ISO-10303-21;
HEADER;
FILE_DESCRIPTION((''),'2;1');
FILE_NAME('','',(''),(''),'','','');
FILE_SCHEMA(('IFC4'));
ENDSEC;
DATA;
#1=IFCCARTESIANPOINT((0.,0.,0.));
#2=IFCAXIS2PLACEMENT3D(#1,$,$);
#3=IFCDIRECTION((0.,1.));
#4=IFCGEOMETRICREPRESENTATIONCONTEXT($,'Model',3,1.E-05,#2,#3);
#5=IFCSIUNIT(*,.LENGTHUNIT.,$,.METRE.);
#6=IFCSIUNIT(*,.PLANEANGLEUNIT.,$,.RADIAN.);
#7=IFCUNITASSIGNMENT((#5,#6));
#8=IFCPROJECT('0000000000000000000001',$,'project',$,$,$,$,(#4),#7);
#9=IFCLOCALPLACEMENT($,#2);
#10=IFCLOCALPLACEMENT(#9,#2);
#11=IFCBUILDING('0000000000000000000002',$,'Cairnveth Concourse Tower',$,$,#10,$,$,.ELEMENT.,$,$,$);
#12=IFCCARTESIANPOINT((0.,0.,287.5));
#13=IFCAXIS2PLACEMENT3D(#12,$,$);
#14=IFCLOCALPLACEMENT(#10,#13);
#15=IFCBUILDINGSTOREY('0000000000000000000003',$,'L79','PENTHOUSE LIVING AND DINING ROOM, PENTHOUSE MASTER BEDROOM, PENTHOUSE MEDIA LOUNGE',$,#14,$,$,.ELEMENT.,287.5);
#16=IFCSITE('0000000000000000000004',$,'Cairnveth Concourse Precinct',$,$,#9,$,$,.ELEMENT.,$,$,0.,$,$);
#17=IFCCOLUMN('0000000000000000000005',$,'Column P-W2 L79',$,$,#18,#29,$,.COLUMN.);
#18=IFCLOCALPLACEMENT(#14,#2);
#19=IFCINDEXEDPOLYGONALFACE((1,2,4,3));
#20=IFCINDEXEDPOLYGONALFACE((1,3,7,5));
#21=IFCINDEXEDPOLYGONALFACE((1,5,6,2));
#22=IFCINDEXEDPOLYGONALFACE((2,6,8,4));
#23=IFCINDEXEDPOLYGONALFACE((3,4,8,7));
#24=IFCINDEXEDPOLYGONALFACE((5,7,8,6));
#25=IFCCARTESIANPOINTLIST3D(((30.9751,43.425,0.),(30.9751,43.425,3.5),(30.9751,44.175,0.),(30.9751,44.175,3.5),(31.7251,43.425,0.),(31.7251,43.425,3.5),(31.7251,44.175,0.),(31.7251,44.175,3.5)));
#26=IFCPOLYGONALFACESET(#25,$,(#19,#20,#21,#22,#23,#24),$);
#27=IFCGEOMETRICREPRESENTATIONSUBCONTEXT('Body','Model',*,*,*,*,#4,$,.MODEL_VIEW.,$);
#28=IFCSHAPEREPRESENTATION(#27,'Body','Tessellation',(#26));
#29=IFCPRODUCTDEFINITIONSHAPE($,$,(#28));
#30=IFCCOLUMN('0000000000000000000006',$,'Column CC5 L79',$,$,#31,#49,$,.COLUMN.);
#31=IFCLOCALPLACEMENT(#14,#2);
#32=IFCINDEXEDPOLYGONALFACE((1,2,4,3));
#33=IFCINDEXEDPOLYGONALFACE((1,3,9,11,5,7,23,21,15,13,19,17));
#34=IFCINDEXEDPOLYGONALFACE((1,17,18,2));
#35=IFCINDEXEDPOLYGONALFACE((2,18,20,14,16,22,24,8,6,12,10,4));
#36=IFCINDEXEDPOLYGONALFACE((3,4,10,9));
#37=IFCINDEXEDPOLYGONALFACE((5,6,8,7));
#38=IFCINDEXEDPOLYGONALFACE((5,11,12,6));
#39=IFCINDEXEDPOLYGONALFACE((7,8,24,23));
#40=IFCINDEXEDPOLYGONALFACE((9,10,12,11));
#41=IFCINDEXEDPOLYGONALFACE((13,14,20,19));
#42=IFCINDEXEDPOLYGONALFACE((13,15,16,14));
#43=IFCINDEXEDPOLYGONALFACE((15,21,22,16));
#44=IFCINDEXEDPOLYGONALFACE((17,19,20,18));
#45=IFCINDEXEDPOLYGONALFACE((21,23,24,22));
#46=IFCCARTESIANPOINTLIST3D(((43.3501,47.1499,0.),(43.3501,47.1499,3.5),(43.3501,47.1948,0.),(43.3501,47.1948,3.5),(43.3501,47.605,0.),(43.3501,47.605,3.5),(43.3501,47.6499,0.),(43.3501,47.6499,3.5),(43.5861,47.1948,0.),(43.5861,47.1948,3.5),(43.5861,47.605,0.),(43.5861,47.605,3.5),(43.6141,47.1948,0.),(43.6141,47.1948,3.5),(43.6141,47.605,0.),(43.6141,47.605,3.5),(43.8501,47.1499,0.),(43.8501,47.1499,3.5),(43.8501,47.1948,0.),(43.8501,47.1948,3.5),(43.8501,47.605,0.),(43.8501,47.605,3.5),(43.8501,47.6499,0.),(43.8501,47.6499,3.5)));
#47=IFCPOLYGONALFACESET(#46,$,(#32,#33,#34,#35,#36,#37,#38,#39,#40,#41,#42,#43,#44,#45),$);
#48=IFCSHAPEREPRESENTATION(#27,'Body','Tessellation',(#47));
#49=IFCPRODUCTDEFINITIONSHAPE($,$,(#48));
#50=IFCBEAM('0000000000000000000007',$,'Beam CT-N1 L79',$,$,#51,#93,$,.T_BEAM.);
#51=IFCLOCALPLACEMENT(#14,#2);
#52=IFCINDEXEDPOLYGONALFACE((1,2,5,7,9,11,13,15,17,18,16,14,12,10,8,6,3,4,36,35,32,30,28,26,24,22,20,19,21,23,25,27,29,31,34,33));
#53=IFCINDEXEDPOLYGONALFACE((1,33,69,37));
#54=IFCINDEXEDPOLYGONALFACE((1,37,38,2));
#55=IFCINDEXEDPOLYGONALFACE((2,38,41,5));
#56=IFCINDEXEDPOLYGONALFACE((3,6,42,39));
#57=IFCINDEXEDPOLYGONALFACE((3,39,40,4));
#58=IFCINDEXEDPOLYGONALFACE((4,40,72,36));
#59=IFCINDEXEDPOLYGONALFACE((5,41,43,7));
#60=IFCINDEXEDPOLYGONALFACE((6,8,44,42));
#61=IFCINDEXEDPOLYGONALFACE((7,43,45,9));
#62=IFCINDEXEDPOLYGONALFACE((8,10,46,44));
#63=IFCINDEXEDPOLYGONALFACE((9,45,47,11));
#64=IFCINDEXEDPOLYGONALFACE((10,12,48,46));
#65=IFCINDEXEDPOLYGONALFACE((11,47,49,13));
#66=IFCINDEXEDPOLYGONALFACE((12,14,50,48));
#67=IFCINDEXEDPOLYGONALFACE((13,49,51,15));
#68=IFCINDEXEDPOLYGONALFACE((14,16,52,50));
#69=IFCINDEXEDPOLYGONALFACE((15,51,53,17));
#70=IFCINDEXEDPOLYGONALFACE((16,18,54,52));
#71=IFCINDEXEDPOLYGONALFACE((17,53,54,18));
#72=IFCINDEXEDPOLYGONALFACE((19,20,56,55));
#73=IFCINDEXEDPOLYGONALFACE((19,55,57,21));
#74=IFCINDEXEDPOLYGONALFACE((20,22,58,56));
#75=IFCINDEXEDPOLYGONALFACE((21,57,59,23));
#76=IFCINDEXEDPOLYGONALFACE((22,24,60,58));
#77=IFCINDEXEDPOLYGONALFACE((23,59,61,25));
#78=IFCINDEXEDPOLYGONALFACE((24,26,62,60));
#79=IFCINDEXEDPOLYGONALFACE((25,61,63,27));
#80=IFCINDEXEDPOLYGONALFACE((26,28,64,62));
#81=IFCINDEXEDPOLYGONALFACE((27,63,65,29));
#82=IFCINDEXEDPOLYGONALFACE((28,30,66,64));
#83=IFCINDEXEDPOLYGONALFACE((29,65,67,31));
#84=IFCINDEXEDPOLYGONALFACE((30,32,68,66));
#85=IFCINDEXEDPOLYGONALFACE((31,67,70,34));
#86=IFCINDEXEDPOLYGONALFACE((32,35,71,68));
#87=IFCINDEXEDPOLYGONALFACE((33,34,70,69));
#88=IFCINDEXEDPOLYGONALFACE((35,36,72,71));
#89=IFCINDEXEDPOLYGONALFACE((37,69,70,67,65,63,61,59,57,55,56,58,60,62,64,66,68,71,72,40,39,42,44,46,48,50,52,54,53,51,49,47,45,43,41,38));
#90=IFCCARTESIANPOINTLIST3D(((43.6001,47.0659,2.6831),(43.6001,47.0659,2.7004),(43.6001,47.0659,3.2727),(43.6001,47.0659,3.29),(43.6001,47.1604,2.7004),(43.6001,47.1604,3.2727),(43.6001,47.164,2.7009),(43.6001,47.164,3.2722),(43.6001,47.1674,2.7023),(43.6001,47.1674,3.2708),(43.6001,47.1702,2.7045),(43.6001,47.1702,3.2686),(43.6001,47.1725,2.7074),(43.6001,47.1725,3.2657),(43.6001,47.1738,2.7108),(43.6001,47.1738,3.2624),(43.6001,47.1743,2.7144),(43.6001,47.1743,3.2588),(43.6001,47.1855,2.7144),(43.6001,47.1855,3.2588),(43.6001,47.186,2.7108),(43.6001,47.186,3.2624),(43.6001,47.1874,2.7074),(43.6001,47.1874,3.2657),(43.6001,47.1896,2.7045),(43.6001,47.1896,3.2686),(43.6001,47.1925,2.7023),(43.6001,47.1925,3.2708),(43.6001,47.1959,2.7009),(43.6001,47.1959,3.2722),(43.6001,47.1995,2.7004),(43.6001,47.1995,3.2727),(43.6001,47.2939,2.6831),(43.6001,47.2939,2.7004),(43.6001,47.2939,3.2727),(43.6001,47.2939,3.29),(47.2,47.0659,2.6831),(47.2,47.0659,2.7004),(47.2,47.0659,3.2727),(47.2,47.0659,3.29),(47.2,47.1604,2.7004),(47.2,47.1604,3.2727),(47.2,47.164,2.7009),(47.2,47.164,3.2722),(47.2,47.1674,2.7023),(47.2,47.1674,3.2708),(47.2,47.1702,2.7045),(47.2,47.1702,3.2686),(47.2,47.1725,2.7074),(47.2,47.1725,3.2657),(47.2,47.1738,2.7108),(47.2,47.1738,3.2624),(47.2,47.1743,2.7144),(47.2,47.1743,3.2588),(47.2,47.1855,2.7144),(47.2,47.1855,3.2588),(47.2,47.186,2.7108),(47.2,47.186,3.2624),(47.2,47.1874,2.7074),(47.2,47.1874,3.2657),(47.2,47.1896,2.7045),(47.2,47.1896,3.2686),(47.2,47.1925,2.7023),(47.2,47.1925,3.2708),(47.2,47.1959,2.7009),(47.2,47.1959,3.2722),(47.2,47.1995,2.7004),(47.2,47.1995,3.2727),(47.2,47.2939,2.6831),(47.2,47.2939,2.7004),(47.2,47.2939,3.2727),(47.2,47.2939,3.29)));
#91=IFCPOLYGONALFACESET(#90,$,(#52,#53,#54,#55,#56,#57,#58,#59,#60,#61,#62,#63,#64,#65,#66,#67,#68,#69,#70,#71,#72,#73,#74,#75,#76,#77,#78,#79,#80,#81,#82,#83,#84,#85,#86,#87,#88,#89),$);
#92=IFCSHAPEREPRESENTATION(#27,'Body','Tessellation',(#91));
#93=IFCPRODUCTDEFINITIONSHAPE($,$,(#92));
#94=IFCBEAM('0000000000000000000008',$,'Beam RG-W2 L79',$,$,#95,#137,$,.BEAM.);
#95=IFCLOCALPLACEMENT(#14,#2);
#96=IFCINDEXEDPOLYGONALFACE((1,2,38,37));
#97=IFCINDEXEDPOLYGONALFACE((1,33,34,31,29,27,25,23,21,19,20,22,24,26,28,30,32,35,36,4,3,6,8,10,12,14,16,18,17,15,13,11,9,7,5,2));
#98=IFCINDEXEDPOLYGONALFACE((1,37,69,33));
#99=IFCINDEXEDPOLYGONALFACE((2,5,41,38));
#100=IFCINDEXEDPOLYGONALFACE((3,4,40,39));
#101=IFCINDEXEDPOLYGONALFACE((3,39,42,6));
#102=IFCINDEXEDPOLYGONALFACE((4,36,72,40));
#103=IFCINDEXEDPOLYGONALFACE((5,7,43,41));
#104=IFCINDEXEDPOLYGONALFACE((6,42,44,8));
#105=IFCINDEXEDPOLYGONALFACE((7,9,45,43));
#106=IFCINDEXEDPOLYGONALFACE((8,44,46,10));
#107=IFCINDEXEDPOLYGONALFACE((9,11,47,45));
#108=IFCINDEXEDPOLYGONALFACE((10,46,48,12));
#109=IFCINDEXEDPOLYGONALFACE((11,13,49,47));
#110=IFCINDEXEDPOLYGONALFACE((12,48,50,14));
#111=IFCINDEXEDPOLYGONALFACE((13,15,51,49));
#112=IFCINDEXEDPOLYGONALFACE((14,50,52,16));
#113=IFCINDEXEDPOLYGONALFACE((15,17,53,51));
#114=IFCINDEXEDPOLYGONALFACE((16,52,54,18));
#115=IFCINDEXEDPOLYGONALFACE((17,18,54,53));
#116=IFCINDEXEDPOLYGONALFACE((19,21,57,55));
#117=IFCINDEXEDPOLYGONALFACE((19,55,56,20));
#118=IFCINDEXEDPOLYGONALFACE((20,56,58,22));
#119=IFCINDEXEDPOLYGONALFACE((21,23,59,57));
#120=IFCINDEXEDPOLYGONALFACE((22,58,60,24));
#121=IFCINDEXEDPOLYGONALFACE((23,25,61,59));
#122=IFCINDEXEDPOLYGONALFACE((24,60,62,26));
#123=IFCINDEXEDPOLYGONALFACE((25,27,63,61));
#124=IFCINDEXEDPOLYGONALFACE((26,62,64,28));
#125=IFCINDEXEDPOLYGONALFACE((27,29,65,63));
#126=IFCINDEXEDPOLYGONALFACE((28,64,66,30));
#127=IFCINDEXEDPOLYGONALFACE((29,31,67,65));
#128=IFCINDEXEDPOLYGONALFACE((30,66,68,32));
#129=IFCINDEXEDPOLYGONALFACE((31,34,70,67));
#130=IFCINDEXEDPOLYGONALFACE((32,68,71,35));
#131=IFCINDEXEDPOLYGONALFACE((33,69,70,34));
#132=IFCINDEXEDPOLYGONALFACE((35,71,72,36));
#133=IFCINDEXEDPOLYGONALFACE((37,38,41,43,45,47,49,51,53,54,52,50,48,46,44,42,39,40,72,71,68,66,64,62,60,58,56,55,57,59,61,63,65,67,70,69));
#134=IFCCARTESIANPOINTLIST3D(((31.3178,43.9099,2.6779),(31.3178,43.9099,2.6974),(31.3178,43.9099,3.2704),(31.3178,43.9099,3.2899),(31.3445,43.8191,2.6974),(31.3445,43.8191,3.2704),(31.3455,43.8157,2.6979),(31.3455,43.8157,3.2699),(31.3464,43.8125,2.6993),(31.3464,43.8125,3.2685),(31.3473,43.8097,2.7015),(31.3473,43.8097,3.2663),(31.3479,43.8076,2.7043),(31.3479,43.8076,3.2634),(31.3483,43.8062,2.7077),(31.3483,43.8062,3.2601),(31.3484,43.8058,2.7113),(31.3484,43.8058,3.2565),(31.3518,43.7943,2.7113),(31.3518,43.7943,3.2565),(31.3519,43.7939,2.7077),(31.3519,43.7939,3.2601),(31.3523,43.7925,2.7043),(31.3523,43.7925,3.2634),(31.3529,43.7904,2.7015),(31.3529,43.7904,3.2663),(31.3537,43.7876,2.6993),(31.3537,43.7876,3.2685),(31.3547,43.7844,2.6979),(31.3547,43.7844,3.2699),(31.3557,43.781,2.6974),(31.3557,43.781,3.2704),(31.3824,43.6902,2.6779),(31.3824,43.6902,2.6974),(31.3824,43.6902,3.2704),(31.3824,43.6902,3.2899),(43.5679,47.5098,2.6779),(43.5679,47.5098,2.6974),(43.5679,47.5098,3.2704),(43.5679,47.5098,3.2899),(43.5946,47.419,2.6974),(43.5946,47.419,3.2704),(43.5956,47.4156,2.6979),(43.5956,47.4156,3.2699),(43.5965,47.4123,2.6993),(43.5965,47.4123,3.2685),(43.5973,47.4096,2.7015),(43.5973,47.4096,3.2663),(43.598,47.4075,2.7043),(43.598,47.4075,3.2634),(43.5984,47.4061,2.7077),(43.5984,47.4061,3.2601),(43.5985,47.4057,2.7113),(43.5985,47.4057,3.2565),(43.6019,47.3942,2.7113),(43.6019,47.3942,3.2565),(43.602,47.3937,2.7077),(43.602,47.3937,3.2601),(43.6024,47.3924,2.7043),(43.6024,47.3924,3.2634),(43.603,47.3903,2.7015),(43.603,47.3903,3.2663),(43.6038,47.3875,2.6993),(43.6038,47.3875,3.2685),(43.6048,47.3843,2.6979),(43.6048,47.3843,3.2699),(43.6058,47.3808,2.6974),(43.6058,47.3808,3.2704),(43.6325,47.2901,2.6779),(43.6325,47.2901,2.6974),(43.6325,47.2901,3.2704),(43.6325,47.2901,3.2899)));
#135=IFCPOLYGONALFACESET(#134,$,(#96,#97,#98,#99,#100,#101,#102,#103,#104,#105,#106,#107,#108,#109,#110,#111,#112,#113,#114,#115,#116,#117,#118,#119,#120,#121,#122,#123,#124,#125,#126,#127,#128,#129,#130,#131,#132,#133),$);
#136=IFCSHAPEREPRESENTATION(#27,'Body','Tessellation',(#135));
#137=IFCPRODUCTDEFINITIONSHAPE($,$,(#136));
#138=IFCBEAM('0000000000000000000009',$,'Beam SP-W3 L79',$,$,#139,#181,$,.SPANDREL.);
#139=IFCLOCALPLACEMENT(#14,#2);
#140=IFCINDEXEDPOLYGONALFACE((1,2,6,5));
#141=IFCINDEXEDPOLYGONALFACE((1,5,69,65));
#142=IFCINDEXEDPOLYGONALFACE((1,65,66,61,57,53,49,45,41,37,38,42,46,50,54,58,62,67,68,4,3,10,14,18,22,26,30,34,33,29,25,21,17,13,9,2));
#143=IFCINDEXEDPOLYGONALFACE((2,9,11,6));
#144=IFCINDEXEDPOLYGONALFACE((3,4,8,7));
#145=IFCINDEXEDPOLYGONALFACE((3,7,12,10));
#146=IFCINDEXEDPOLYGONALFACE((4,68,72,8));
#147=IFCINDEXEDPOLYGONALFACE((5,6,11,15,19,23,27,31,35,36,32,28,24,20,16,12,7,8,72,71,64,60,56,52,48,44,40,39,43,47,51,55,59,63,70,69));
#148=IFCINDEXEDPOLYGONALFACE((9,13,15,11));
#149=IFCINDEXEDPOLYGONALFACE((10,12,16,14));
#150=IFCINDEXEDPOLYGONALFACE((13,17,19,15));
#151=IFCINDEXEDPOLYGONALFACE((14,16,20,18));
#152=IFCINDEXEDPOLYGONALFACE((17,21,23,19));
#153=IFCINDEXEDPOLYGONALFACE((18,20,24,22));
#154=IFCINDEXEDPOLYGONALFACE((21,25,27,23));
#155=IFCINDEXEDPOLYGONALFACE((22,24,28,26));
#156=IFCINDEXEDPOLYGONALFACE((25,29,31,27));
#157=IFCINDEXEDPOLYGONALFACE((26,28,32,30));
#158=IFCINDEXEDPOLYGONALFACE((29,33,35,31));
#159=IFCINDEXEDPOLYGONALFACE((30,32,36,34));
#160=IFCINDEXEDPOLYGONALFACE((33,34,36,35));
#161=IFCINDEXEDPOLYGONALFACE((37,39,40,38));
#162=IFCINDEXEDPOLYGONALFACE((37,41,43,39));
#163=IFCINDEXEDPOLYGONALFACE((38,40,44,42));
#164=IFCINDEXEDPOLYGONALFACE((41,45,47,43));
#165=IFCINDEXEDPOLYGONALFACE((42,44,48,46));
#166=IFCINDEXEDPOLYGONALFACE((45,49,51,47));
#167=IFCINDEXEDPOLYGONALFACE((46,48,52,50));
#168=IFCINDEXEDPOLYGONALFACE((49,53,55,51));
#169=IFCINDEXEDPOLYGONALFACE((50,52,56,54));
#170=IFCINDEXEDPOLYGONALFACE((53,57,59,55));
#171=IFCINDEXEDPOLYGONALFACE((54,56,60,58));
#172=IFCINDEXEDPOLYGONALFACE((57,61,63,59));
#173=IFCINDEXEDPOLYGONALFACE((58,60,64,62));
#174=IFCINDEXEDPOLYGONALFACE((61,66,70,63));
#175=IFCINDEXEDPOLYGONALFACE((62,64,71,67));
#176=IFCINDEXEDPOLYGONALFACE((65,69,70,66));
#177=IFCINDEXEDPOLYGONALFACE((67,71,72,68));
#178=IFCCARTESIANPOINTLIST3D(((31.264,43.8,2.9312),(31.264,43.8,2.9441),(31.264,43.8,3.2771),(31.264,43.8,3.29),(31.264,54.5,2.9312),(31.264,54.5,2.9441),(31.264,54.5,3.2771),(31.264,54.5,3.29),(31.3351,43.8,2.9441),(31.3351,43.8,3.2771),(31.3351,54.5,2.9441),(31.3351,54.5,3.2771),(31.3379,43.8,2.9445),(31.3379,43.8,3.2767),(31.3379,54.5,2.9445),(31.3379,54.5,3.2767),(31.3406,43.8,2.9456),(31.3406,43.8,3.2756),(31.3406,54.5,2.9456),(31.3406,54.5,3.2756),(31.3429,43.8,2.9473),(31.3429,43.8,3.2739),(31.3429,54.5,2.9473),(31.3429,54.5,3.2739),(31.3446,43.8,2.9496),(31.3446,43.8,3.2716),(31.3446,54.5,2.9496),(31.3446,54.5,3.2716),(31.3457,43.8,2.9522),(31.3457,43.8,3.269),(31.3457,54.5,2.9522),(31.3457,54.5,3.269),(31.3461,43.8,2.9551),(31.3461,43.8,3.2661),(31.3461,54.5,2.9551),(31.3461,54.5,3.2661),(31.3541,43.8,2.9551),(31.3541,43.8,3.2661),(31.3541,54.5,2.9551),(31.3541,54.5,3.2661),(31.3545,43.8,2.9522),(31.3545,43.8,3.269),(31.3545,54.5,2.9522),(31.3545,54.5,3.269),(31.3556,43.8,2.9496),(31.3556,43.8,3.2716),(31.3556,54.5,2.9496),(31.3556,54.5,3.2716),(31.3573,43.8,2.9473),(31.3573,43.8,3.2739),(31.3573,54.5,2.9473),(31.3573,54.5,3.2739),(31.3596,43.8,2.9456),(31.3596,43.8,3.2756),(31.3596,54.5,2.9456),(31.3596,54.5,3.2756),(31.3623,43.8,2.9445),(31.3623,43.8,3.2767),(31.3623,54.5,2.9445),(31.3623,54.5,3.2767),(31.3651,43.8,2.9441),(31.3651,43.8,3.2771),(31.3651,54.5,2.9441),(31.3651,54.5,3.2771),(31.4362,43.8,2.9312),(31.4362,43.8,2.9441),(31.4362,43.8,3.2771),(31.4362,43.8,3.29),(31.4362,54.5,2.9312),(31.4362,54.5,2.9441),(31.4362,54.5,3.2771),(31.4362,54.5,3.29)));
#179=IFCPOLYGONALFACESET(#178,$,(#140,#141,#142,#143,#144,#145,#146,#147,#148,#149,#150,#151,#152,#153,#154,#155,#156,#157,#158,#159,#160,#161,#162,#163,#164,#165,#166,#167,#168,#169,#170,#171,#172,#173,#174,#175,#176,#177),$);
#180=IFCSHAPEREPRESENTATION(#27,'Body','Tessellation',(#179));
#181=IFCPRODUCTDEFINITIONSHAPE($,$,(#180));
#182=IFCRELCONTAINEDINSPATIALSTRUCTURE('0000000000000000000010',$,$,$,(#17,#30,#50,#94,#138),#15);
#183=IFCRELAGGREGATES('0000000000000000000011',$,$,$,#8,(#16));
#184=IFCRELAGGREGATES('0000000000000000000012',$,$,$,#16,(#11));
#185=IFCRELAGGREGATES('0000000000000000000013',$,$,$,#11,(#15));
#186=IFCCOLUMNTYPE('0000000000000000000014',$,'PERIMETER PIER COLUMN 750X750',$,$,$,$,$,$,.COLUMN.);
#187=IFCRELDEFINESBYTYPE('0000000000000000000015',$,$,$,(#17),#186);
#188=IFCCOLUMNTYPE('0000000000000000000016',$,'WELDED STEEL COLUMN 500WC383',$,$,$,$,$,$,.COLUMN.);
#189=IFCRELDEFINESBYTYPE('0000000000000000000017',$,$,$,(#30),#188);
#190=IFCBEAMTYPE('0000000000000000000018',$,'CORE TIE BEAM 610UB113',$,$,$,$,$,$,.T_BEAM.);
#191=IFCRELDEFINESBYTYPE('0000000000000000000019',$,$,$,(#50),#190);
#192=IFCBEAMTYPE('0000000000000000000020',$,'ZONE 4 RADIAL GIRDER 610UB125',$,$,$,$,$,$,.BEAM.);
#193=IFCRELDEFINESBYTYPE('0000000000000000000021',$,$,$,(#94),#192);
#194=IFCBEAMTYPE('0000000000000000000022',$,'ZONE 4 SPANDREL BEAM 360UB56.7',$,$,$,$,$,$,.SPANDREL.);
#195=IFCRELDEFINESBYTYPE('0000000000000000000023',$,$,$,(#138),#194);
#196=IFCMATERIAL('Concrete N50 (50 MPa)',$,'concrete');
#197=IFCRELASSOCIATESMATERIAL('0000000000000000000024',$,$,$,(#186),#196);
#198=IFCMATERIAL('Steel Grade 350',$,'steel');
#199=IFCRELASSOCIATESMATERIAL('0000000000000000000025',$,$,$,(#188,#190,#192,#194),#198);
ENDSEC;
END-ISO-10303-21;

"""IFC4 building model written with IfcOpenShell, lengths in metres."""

from ifc_helpers import new_model, si_unit, direction, frame, origin, origin_2d, place, context, subcontext, project, spatial, rectangle, i_section, extrude, material, material_profile, profile_set, type_object, element, save


model = new_model("IFC4")

# Units and contexts
model_context = context("Model", 3, precision=1e-05, world=origin(), true_north=direction((0.0, 1.0)))
body_context = subcontext(model_context, "Body", "Model", "MODEL_VIEW")
ifc_project = project(units=[si_unit("LENGTHUNIT", "METRE"), si_unit("PLANEANGLEUNIT", "RADIAN")], contexts=[model_context])

# Site, building, storey
site_placement = place(None, origin())
site = spatial("IfcSite", under=ifc_project, at=site_placement, Name="Cairnveth Concourse Precinct", CompositionType="ELEMENT", RefElevation=0.0)
building_placement = place(site_placement, origin())
building = spatial("IfcBuilding", under=site, at=building_placement, Name="Cairnveth Concourse Tower", CompositionType="ELEMENT")
storey_placement = place(building_placement, frame((0.0, 0.0, 287.5)))
storey = spatial("IfcBuildingStorey", under=building, at=storey_placement, Name="L79", Description="PENTHOUSE LIVING AND DINING ROOM, PENTHOUSE MASTER BEDROOM, PENTHOUSE MEDIA LOUNGE", CompositionType="ELEMENT", Elevation=287.5)

# Columns
ifc_material_1 = material(Name="Concrete N50 (50 MPa)", Category="concrete")
ifc_material_profile_1 = material_profile(ifc_material_1, rectangle(XDim=0.75, YDim=0.75, at=origin_2d()), Name="RC-COL-750x750")
ifc_profile_set_1 = profile_set([ifc_material_profile_1], Name="Concrete N50 (50 MPa)")
column_type_1 = type_object("IfcColumnType", Name="PERIMETER PIER COLUMN 750X750", PredefinedType="COLUMN", material=ifc_profile_set_1)
column_1_placement = place(storey_placement, frame((31.3501, 43.8, 0.0), z_axis=(0.0, 0.0, 1.0), x_axis=(0.0, 1.0, 0.0)))
element("IfcColumn", 1, at=column_1_placement, inside=storey, type_object=column_type_1, Name="Column P-W2 L79", PredefinedType="COLUMN", context=body_context, shape_type="SweptSolid", body=[
    extrude(rectangle(XDim=0.75, YDim=0.75, at=origin_2d()), origin(), (0.0, 0.0, 1.0), 3.5),
])
ifc_material_2 = material(Name="Steel Grade 350", Category="steel")
ifc_material_profile_2 = material_profile(ifc_material_2, i_section(OverallWidth=0.5, OverallDepth=0.5, WebThickness=0.0281, FlangeThickness=0.0449, at=origin_2d()), Name="500WC383")
ifc_profile_set_2 = profile_set([ifc_material_profile_2], Name="Steel Grade 350")
column_type_2 = type_object("IfcColumnType", Name="WELDED STEEL COLUMN 500WC383", PredefinedType="COLUMN", material=ifc_profile_set_2)
column_2_placement = place(storey_placement, frame((43.6001, 47.3999, 0.0), z_axis=(0.0, 0.0, 1.0), x_axis=(1.0, 0.0, 0.0)))
element("IfcColumn", 2, at=column_2_placement, inside=storey, type_object=column_type_2, Name="Column CC5 L79", PredefinedType="COLUMN", context=body_context, shape_type="SweptSolid", body=[
    extrude(i_section(OverallWidth=0.5, OverallDepth=0.5, WebThickness=0.0281, FlangeThickness=0.0449, at=origin_2d()), origin(), (0.0, 0.0, 1.0), 3.5),
])

# Beams
ifc_material_profile_3 = material_profile(ifc_material_2, i_section(OverallWidth=0.228, OverallDepth=0.6069, WebThickness=0.0112, FlangeThickness=0.0173, FilletRadius=0.0139, at=origin_2d()), Name="610UB113")
ifc_profile_set_3 = profile_set([ifc_material_profile_3], Name="Steel Grade 350")
beam_type_1 = type_object("IfcBeamType", Name="CORE TIE BEAM 610UB113", PredefinedType="T_BEAM", material=ifc_profile_set_3)
beam_1_placement = place(storey_placement, frame((43.6001, 47.1799, 2.9866), z_axis=(1.0, 0.0, 0.0), x_axis=(0.0, 1.0, 0.0)))
element("IfcBeam", 3, at=beam_1_placement, inside=storey, type_object=beam_type_1, Name="Beam CT-N1 L79", PredefinedType="T_BEAM", context=body_context, shape_type="SweptSolid", body=[
    extrude(i_section(OverallWidth=0.228, OverallDepth=0.6069, WebThickness=0.0112, FlangeThickness=0.0173, FilletRadius=0.0139, at=origin_2d()), origin(), (0.0, 0.0, 1.0), 3.5999),
])
ifc_material_profile_4 = material_profile(ifc_material_2, i_section(OverallWidth=0.229, OverallDepth=0.6121, WebThickness=0.012, FlangeThickness=0.0195, FilletRadius=0.0139, at=origin_2d()), Name="610UB125")
ifc_profile_set_4 = profile_set([ifc_material_profile_4], Name="Steel Grade 350")
beam_type_2 = type_object("IfcBeamType", Name="ZONE 4 RADIAL GIRDER 610UB125", PredefinedType="BEAM", material=ifc_profile_set_4)
beam_2_placement = place(storey_placement, frame((31.3501, 43.8, 2.9839), z_axis=(0.959431, 0.281944, 0.0), x_axis=(-0.281944, 0.959431, 0.0)))
element("IfcBeam", 4, at=beam_2_placement, inside=storey, type_object=beam_type_2, Name="Beam RG-W2 L79", PredefinedType="BEAM", context=body_context, shape_type="SweptSolid", body=[
    extrude(i_section(OverallWidth=0.229, OverallDepth=0.6121, WebThickness=0.012, FlangeThickness=0.0195, FilletRadius=0.0139, at=origin_2d()), origin(), (0.0, 0.0, 1.0), 12.7681),
])
ifc_material_profile_5 = material_profile(ifc_material_2, i_section(OverallWidth=0.1721, OverallDepth=0.3589, WebThickness=0.0081, FlangeThickness=0.0129, FilletRadius=0.011, at=origin_2d()), Name="360UB56.7")
ifc_profile_set_5 = profile_set([ifc_material_profile_5], Name="Steel Grade 350")
beam_type_3 = type_object("IfcBeamType", Name="ZONE 4 SPANDREL BEAM 360UB56.7", PredefinedType="SPANDREL", material=ifc_profile_set_5)
beam_3_placement = place(storey_placement, frame((31.3501, 43.8, 3.1106), z_axis=(0.0, 1.0, 0.0), x_axis=(-1.0, 0.0, 0.0)))
element("IfcBeam", 5, at=beam_3_placement, inside=storey, type_object=beam_type_3, Name="Beam SP-W3 L79", PredefinedType="SPANDREL", context=body_context, shape_type="SweptSolid", body=[
    extrude(i_section(OverallWidth=0.1721, OverallDepth=0.3589, WebThickness=0.0081, FlangeThickness=0.0129, FilletRadius=0.011, at=origin_2d()), origin(), (0.0, 0.0, 1.0), 10.7),
])

save(model, "model.ifc")
